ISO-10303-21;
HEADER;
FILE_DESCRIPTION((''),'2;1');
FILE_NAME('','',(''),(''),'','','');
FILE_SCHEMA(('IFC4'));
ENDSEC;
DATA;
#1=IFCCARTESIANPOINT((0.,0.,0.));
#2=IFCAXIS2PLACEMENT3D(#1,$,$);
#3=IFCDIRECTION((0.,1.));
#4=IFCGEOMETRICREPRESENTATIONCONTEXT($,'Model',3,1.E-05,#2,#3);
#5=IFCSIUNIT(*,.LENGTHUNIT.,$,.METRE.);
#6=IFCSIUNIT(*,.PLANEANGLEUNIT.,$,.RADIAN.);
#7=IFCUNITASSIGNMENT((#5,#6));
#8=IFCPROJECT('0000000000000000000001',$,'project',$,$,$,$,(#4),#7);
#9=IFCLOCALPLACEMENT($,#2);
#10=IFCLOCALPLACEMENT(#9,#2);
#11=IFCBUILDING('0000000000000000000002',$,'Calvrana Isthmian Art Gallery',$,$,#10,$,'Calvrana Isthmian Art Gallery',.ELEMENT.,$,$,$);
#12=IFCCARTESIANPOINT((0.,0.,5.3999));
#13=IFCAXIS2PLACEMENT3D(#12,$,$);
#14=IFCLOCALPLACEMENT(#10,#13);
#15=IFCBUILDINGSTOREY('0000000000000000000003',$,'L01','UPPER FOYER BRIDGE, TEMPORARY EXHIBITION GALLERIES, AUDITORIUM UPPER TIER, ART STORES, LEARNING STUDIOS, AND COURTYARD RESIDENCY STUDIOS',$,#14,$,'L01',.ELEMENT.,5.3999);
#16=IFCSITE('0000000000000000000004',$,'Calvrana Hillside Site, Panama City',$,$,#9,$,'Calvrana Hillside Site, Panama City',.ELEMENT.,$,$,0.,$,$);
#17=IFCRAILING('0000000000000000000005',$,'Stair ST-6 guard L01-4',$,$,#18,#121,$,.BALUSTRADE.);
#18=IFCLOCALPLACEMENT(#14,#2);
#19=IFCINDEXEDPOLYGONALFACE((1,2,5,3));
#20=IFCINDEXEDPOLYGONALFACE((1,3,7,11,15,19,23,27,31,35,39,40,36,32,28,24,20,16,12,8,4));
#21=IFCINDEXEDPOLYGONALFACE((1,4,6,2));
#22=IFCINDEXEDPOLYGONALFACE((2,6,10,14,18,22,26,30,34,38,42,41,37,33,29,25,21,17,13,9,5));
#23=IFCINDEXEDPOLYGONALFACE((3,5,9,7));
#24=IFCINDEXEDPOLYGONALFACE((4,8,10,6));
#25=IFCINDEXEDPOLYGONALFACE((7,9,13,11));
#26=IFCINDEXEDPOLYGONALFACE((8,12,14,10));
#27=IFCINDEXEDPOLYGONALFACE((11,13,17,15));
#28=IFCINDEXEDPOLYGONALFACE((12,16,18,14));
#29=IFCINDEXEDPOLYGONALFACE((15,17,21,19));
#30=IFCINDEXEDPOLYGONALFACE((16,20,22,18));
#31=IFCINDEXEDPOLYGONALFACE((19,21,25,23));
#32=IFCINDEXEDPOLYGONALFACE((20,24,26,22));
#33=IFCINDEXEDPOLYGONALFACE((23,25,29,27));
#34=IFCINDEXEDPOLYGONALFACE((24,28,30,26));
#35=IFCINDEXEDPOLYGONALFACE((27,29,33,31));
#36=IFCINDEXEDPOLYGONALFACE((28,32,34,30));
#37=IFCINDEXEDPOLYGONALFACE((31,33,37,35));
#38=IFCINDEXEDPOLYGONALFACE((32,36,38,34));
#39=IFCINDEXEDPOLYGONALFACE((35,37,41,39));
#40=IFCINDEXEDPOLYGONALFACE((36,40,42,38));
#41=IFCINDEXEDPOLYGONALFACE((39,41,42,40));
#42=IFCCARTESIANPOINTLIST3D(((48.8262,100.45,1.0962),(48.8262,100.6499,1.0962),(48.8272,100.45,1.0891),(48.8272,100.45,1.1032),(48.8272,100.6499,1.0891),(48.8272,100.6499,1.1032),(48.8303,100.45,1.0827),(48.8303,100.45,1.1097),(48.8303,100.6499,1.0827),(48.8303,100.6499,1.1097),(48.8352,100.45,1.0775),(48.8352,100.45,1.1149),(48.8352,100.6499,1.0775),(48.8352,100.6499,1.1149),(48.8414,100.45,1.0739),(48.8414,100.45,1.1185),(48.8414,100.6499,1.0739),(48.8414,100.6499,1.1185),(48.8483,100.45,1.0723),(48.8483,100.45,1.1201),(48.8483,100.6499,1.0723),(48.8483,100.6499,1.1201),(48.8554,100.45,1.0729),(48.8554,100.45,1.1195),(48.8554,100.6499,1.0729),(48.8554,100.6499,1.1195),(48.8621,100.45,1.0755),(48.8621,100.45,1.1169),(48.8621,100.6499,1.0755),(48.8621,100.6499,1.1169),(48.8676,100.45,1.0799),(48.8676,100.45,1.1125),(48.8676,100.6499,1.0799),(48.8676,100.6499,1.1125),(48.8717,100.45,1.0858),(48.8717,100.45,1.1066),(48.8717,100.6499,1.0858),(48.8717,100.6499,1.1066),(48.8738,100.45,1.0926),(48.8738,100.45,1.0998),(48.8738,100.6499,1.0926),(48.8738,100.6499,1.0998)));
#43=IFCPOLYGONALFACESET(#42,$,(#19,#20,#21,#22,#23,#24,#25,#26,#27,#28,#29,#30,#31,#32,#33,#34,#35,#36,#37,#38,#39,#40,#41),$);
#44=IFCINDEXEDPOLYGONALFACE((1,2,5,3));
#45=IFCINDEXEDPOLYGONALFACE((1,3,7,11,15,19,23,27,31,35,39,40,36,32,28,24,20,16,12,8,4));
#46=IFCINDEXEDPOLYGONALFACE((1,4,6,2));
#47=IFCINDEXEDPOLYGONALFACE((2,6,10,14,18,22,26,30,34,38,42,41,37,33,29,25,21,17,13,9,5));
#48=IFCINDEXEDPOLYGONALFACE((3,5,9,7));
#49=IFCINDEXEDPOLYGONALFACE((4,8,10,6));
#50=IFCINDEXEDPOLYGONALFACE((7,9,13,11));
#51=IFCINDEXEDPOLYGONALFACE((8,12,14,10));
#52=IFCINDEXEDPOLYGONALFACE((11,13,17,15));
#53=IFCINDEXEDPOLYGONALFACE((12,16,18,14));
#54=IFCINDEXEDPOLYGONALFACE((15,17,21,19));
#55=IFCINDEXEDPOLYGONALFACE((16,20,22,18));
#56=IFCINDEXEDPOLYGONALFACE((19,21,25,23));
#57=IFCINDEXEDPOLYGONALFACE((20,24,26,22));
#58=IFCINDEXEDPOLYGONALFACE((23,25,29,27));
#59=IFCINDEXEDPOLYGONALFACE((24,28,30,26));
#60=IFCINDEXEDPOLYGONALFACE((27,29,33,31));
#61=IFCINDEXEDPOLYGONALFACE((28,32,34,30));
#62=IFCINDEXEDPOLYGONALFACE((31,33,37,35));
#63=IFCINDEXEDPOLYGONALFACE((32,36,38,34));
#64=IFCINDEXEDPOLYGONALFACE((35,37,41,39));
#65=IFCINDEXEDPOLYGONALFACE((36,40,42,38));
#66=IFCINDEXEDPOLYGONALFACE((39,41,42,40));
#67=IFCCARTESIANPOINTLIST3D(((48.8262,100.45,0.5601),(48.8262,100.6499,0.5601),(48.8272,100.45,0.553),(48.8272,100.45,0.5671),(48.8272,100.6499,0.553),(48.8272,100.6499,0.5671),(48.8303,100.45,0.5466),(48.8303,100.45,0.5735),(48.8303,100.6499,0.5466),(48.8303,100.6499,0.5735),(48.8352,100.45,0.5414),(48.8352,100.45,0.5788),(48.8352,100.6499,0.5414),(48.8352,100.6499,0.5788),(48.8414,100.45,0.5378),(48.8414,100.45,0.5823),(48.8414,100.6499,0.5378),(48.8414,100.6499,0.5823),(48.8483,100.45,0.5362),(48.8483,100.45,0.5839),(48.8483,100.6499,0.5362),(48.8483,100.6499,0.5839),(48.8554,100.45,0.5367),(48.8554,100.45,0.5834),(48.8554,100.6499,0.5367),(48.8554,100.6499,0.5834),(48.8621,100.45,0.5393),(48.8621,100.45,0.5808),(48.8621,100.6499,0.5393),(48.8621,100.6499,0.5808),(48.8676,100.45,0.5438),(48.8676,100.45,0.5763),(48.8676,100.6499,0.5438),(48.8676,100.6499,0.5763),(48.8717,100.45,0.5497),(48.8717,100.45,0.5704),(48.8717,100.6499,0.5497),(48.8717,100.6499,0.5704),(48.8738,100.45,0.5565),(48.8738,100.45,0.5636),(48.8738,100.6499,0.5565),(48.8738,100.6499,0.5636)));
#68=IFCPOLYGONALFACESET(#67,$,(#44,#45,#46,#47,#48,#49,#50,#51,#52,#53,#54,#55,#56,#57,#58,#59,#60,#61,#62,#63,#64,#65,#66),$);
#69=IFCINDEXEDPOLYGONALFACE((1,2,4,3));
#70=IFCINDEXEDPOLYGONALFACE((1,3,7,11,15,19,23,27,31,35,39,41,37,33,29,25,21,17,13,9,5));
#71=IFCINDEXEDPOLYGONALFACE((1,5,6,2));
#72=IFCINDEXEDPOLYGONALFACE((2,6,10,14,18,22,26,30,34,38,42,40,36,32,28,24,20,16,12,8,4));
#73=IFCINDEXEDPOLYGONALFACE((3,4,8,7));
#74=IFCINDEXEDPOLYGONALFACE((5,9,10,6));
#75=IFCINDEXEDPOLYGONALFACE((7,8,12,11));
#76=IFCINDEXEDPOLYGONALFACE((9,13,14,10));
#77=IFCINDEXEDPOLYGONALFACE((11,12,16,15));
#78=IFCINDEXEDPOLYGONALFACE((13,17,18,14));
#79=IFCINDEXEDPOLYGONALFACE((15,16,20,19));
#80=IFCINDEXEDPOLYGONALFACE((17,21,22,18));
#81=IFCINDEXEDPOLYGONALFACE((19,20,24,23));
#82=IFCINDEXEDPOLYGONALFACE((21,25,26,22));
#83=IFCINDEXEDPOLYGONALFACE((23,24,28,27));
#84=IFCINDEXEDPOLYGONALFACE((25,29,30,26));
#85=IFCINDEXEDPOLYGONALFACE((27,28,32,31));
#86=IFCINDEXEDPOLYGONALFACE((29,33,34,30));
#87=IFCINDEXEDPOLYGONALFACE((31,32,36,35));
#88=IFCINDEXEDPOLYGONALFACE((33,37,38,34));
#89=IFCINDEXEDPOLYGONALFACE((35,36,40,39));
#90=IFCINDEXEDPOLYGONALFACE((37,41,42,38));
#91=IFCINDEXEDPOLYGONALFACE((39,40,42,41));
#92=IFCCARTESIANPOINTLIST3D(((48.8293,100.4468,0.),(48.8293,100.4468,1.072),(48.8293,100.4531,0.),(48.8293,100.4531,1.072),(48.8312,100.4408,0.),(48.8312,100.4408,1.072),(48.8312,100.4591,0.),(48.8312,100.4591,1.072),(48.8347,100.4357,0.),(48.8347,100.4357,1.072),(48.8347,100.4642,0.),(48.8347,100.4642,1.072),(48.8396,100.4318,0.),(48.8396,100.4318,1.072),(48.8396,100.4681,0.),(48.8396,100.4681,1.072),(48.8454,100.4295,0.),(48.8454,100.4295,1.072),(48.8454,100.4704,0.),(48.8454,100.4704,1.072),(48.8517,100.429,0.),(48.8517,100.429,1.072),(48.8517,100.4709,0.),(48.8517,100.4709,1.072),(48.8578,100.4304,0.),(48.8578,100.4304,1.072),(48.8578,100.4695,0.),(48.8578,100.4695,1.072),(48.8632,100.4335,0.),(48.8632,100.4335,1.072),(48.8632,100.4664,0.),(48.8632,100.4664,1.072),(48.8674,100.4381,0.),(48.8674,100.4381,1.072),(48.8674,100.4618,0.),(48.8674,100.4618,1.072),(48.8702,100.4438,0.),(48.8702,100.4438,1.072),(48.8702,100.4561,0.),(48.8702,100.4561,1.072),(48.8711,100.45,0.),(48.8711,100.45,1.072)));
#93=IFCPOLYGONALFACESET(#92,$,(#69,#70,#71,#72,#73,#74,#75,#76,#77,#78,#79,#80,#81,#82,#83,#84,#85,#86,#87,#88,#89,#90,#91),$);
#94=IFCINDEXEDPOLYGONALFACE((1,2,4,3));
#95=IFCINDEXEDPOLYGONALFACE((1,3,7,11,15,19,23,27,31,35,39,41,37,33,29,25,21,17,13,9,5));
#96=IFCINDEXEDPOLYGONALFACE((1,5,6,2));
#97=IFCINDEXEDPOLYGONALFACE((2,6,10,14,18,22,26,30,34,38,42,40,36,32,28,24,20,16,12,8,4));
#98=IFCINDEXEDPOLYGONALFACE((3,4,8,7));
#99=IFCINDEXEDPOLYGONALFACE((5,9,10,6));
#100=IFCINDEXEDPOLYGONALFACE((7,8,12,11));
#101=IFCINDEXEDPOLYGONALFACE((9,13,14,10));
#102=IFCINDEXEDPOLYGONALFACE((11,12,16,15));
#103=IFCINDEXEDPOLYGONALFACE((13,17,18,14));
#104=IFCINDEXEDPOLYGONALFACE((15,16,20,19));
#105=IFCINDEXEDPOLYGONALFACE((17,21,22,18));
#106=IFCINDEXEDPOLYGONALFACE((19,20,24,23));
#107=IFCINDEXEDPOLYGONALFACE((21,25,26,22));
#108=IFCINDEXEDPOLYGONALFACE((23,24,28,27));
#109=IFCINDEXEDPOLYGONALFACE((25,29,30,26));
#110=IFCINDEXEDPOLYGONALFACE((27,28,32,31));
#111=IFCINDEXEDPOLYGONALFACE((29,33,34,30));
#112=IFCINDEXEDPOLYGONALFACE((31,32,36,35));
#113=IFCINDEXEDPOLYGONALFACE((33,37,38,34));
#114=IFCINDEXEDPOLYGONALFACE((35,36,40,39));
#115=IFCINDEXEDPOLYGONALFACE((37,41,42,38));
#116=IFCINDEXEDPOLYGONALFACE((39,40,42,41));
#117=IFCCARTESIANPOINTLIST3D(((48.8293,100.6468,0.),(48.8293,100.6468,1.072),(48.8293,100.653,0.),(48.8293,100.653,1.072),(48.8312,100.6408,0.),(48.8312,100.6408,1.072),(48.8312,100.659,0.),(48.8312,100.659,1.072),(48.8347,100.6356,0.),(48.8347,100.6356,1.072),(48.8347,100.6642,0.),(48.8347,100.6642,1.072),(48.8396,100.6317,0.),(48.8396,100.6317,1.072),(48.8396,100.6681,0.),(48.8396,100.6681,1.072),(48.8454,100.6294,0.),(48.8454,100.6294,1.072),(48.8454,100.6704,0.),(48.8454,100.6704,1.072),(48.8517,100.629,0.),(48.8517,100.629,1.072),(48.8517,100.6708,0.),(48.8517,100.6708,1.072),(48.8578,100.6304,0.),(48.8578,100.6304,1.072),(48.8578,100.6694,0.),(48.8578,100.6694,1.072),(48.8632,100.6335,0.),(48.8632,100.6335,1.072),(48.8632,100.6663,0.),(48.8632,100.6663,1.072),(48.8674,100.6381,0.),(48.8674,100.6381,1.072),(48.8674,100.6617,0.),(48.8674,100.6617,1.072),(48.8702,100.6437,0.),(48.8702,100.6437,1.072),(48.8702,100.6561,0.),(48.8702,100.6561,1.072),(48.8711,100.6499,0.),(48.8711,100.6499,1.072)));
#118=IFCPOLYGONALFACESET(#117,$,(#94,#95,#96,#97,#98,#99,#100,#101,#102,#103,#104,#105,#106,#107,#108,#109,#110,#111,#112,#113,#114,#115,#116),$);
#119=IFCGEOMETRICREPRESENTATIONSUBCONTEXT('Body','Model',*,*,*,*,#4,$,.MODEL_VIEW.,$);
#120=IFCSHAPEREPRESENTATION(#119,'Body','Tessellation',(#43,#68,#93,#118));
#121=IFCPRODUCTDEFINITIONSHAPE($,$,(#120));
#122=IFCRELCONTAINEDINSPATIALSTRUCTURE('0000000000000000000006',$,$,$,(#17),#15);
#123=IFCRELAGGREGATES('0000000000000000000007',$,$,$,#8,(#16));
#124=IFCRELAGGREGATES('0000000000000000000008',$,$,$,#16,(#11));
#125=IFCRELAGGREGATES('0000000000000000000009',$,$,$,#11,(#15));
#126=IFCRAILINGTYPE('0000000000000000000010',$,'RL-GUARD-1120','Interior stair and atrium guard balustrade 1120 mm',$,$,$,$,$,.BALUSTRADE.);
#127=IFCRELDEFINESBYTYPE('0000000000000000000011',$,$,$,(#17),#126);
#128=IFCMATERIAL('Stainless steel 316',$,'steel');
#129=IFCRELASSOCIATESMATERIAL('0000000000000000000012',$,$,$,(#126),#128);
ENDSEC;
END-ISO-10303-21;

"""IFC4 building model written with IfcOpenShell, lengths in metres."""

from ifc_helpers import new_model, si_unit, direction, frame, origin, origin_2d, place, context, subcontext, project, spatial, circle, extrude, material, type_object, element, save


model = new_model("IFC4")

# Units and contexts
model_context = context("Model", 3, precision=1e-05, world=origin(), true_north=direction((0.0, 1.0)))
body_context = subcontext(model_context, "Body", "Model", "MODEL_VIEW")
ifc_project = project(units=[si_unit("LENGTHUNIT", "METRE"), si_unit("PLANEANGLEUNIT", "RADIAN")], contexts=[model_context])

# Site, building, storey
site_placement = place(None, origin())
site = spatial("IfcSite", under=ifc_project, at=site_placement, Name="Calvrana Hillside Site, Panama City", LongName="Calvrana Hillside Site, Panama City", CompositionType="ELEMENT", RefElevation=0.0)
building_placement = place(site_placement, origin())
building = spatial("IfcBuilding", under=site, at=building_placement, Name="Calvrana Isthmian Art Gallery", LongName="Calvrana Isthmian Art Gallery", CompositionType="ELEMENT")
storey_placement = place(building_placement, frame((0.0, 0.0, 5.3999)))
storey = spatial("IfcBuildingStorey", under=building, at=storey_placement, Name="L01", Description="UPPER FOYER BRIDGE, TEMPORARY EXHIBITION GALLERIES, AUDITORIUM UPPER TIER, ART STORES, LEARNING STUDIOS, AND COURTYARD RESIDENCY STUDIOS", LongName="L01", CompositionType="ELEMENT", Elevation=5.3999)

# Railing
ifc_material_1 = material(Name="Stainless steel 316", Category="steel")
railing_type_1 = type_object("IfcRailingType", Name="RL-GUARD-1120", Description="Interior stair and atrium guard balustrade 1120 mm", PredefinedType="BALUSTRADE", material=ifc_material_1)
railing_1_placement = place(storey_placement, frame((48.8501, 100.45, 0.0)))
element("IfcRailing", 1, at=railing_1_placement, inside=storey, type_object=railing_type_1, Name="Stair ST-6 guard L01-4", PredefinedType="BALUSTRADE", context=body_context, shape_type="SweptSolid", body=[
    extrude(circle(Radius=0.0239, at=origin_2d()), frame((0.0, 0.0, 1.0962), z_axis=(0.0, 1.0, 0.0), x_axis=(-1.0, 0.0, 0.0)), (0.0, 0.0, 1.0), 0.2),
    extrude(circle(Radius=0.0239, at=origin_2d()), frame((0.0, 0.0, 0.5601), z_axis=(0.0, 1.0, 0.0), x_axis=(-1.0, 0.0, 0.0)), (0.0, 0.0, 1.0), 0.2),
    extrude(circle(Radius=0.021, at=origin_2d()), origin(), (0.0, 0.0, 1.0), 1.072),
    extrude(circle(Radius=0.021, at=origin_2d()), frame((0.0, 0.2, 0.0)), (0.0, 0.0, 1.0), 1.072),
])

save(model, "model.ifc")
